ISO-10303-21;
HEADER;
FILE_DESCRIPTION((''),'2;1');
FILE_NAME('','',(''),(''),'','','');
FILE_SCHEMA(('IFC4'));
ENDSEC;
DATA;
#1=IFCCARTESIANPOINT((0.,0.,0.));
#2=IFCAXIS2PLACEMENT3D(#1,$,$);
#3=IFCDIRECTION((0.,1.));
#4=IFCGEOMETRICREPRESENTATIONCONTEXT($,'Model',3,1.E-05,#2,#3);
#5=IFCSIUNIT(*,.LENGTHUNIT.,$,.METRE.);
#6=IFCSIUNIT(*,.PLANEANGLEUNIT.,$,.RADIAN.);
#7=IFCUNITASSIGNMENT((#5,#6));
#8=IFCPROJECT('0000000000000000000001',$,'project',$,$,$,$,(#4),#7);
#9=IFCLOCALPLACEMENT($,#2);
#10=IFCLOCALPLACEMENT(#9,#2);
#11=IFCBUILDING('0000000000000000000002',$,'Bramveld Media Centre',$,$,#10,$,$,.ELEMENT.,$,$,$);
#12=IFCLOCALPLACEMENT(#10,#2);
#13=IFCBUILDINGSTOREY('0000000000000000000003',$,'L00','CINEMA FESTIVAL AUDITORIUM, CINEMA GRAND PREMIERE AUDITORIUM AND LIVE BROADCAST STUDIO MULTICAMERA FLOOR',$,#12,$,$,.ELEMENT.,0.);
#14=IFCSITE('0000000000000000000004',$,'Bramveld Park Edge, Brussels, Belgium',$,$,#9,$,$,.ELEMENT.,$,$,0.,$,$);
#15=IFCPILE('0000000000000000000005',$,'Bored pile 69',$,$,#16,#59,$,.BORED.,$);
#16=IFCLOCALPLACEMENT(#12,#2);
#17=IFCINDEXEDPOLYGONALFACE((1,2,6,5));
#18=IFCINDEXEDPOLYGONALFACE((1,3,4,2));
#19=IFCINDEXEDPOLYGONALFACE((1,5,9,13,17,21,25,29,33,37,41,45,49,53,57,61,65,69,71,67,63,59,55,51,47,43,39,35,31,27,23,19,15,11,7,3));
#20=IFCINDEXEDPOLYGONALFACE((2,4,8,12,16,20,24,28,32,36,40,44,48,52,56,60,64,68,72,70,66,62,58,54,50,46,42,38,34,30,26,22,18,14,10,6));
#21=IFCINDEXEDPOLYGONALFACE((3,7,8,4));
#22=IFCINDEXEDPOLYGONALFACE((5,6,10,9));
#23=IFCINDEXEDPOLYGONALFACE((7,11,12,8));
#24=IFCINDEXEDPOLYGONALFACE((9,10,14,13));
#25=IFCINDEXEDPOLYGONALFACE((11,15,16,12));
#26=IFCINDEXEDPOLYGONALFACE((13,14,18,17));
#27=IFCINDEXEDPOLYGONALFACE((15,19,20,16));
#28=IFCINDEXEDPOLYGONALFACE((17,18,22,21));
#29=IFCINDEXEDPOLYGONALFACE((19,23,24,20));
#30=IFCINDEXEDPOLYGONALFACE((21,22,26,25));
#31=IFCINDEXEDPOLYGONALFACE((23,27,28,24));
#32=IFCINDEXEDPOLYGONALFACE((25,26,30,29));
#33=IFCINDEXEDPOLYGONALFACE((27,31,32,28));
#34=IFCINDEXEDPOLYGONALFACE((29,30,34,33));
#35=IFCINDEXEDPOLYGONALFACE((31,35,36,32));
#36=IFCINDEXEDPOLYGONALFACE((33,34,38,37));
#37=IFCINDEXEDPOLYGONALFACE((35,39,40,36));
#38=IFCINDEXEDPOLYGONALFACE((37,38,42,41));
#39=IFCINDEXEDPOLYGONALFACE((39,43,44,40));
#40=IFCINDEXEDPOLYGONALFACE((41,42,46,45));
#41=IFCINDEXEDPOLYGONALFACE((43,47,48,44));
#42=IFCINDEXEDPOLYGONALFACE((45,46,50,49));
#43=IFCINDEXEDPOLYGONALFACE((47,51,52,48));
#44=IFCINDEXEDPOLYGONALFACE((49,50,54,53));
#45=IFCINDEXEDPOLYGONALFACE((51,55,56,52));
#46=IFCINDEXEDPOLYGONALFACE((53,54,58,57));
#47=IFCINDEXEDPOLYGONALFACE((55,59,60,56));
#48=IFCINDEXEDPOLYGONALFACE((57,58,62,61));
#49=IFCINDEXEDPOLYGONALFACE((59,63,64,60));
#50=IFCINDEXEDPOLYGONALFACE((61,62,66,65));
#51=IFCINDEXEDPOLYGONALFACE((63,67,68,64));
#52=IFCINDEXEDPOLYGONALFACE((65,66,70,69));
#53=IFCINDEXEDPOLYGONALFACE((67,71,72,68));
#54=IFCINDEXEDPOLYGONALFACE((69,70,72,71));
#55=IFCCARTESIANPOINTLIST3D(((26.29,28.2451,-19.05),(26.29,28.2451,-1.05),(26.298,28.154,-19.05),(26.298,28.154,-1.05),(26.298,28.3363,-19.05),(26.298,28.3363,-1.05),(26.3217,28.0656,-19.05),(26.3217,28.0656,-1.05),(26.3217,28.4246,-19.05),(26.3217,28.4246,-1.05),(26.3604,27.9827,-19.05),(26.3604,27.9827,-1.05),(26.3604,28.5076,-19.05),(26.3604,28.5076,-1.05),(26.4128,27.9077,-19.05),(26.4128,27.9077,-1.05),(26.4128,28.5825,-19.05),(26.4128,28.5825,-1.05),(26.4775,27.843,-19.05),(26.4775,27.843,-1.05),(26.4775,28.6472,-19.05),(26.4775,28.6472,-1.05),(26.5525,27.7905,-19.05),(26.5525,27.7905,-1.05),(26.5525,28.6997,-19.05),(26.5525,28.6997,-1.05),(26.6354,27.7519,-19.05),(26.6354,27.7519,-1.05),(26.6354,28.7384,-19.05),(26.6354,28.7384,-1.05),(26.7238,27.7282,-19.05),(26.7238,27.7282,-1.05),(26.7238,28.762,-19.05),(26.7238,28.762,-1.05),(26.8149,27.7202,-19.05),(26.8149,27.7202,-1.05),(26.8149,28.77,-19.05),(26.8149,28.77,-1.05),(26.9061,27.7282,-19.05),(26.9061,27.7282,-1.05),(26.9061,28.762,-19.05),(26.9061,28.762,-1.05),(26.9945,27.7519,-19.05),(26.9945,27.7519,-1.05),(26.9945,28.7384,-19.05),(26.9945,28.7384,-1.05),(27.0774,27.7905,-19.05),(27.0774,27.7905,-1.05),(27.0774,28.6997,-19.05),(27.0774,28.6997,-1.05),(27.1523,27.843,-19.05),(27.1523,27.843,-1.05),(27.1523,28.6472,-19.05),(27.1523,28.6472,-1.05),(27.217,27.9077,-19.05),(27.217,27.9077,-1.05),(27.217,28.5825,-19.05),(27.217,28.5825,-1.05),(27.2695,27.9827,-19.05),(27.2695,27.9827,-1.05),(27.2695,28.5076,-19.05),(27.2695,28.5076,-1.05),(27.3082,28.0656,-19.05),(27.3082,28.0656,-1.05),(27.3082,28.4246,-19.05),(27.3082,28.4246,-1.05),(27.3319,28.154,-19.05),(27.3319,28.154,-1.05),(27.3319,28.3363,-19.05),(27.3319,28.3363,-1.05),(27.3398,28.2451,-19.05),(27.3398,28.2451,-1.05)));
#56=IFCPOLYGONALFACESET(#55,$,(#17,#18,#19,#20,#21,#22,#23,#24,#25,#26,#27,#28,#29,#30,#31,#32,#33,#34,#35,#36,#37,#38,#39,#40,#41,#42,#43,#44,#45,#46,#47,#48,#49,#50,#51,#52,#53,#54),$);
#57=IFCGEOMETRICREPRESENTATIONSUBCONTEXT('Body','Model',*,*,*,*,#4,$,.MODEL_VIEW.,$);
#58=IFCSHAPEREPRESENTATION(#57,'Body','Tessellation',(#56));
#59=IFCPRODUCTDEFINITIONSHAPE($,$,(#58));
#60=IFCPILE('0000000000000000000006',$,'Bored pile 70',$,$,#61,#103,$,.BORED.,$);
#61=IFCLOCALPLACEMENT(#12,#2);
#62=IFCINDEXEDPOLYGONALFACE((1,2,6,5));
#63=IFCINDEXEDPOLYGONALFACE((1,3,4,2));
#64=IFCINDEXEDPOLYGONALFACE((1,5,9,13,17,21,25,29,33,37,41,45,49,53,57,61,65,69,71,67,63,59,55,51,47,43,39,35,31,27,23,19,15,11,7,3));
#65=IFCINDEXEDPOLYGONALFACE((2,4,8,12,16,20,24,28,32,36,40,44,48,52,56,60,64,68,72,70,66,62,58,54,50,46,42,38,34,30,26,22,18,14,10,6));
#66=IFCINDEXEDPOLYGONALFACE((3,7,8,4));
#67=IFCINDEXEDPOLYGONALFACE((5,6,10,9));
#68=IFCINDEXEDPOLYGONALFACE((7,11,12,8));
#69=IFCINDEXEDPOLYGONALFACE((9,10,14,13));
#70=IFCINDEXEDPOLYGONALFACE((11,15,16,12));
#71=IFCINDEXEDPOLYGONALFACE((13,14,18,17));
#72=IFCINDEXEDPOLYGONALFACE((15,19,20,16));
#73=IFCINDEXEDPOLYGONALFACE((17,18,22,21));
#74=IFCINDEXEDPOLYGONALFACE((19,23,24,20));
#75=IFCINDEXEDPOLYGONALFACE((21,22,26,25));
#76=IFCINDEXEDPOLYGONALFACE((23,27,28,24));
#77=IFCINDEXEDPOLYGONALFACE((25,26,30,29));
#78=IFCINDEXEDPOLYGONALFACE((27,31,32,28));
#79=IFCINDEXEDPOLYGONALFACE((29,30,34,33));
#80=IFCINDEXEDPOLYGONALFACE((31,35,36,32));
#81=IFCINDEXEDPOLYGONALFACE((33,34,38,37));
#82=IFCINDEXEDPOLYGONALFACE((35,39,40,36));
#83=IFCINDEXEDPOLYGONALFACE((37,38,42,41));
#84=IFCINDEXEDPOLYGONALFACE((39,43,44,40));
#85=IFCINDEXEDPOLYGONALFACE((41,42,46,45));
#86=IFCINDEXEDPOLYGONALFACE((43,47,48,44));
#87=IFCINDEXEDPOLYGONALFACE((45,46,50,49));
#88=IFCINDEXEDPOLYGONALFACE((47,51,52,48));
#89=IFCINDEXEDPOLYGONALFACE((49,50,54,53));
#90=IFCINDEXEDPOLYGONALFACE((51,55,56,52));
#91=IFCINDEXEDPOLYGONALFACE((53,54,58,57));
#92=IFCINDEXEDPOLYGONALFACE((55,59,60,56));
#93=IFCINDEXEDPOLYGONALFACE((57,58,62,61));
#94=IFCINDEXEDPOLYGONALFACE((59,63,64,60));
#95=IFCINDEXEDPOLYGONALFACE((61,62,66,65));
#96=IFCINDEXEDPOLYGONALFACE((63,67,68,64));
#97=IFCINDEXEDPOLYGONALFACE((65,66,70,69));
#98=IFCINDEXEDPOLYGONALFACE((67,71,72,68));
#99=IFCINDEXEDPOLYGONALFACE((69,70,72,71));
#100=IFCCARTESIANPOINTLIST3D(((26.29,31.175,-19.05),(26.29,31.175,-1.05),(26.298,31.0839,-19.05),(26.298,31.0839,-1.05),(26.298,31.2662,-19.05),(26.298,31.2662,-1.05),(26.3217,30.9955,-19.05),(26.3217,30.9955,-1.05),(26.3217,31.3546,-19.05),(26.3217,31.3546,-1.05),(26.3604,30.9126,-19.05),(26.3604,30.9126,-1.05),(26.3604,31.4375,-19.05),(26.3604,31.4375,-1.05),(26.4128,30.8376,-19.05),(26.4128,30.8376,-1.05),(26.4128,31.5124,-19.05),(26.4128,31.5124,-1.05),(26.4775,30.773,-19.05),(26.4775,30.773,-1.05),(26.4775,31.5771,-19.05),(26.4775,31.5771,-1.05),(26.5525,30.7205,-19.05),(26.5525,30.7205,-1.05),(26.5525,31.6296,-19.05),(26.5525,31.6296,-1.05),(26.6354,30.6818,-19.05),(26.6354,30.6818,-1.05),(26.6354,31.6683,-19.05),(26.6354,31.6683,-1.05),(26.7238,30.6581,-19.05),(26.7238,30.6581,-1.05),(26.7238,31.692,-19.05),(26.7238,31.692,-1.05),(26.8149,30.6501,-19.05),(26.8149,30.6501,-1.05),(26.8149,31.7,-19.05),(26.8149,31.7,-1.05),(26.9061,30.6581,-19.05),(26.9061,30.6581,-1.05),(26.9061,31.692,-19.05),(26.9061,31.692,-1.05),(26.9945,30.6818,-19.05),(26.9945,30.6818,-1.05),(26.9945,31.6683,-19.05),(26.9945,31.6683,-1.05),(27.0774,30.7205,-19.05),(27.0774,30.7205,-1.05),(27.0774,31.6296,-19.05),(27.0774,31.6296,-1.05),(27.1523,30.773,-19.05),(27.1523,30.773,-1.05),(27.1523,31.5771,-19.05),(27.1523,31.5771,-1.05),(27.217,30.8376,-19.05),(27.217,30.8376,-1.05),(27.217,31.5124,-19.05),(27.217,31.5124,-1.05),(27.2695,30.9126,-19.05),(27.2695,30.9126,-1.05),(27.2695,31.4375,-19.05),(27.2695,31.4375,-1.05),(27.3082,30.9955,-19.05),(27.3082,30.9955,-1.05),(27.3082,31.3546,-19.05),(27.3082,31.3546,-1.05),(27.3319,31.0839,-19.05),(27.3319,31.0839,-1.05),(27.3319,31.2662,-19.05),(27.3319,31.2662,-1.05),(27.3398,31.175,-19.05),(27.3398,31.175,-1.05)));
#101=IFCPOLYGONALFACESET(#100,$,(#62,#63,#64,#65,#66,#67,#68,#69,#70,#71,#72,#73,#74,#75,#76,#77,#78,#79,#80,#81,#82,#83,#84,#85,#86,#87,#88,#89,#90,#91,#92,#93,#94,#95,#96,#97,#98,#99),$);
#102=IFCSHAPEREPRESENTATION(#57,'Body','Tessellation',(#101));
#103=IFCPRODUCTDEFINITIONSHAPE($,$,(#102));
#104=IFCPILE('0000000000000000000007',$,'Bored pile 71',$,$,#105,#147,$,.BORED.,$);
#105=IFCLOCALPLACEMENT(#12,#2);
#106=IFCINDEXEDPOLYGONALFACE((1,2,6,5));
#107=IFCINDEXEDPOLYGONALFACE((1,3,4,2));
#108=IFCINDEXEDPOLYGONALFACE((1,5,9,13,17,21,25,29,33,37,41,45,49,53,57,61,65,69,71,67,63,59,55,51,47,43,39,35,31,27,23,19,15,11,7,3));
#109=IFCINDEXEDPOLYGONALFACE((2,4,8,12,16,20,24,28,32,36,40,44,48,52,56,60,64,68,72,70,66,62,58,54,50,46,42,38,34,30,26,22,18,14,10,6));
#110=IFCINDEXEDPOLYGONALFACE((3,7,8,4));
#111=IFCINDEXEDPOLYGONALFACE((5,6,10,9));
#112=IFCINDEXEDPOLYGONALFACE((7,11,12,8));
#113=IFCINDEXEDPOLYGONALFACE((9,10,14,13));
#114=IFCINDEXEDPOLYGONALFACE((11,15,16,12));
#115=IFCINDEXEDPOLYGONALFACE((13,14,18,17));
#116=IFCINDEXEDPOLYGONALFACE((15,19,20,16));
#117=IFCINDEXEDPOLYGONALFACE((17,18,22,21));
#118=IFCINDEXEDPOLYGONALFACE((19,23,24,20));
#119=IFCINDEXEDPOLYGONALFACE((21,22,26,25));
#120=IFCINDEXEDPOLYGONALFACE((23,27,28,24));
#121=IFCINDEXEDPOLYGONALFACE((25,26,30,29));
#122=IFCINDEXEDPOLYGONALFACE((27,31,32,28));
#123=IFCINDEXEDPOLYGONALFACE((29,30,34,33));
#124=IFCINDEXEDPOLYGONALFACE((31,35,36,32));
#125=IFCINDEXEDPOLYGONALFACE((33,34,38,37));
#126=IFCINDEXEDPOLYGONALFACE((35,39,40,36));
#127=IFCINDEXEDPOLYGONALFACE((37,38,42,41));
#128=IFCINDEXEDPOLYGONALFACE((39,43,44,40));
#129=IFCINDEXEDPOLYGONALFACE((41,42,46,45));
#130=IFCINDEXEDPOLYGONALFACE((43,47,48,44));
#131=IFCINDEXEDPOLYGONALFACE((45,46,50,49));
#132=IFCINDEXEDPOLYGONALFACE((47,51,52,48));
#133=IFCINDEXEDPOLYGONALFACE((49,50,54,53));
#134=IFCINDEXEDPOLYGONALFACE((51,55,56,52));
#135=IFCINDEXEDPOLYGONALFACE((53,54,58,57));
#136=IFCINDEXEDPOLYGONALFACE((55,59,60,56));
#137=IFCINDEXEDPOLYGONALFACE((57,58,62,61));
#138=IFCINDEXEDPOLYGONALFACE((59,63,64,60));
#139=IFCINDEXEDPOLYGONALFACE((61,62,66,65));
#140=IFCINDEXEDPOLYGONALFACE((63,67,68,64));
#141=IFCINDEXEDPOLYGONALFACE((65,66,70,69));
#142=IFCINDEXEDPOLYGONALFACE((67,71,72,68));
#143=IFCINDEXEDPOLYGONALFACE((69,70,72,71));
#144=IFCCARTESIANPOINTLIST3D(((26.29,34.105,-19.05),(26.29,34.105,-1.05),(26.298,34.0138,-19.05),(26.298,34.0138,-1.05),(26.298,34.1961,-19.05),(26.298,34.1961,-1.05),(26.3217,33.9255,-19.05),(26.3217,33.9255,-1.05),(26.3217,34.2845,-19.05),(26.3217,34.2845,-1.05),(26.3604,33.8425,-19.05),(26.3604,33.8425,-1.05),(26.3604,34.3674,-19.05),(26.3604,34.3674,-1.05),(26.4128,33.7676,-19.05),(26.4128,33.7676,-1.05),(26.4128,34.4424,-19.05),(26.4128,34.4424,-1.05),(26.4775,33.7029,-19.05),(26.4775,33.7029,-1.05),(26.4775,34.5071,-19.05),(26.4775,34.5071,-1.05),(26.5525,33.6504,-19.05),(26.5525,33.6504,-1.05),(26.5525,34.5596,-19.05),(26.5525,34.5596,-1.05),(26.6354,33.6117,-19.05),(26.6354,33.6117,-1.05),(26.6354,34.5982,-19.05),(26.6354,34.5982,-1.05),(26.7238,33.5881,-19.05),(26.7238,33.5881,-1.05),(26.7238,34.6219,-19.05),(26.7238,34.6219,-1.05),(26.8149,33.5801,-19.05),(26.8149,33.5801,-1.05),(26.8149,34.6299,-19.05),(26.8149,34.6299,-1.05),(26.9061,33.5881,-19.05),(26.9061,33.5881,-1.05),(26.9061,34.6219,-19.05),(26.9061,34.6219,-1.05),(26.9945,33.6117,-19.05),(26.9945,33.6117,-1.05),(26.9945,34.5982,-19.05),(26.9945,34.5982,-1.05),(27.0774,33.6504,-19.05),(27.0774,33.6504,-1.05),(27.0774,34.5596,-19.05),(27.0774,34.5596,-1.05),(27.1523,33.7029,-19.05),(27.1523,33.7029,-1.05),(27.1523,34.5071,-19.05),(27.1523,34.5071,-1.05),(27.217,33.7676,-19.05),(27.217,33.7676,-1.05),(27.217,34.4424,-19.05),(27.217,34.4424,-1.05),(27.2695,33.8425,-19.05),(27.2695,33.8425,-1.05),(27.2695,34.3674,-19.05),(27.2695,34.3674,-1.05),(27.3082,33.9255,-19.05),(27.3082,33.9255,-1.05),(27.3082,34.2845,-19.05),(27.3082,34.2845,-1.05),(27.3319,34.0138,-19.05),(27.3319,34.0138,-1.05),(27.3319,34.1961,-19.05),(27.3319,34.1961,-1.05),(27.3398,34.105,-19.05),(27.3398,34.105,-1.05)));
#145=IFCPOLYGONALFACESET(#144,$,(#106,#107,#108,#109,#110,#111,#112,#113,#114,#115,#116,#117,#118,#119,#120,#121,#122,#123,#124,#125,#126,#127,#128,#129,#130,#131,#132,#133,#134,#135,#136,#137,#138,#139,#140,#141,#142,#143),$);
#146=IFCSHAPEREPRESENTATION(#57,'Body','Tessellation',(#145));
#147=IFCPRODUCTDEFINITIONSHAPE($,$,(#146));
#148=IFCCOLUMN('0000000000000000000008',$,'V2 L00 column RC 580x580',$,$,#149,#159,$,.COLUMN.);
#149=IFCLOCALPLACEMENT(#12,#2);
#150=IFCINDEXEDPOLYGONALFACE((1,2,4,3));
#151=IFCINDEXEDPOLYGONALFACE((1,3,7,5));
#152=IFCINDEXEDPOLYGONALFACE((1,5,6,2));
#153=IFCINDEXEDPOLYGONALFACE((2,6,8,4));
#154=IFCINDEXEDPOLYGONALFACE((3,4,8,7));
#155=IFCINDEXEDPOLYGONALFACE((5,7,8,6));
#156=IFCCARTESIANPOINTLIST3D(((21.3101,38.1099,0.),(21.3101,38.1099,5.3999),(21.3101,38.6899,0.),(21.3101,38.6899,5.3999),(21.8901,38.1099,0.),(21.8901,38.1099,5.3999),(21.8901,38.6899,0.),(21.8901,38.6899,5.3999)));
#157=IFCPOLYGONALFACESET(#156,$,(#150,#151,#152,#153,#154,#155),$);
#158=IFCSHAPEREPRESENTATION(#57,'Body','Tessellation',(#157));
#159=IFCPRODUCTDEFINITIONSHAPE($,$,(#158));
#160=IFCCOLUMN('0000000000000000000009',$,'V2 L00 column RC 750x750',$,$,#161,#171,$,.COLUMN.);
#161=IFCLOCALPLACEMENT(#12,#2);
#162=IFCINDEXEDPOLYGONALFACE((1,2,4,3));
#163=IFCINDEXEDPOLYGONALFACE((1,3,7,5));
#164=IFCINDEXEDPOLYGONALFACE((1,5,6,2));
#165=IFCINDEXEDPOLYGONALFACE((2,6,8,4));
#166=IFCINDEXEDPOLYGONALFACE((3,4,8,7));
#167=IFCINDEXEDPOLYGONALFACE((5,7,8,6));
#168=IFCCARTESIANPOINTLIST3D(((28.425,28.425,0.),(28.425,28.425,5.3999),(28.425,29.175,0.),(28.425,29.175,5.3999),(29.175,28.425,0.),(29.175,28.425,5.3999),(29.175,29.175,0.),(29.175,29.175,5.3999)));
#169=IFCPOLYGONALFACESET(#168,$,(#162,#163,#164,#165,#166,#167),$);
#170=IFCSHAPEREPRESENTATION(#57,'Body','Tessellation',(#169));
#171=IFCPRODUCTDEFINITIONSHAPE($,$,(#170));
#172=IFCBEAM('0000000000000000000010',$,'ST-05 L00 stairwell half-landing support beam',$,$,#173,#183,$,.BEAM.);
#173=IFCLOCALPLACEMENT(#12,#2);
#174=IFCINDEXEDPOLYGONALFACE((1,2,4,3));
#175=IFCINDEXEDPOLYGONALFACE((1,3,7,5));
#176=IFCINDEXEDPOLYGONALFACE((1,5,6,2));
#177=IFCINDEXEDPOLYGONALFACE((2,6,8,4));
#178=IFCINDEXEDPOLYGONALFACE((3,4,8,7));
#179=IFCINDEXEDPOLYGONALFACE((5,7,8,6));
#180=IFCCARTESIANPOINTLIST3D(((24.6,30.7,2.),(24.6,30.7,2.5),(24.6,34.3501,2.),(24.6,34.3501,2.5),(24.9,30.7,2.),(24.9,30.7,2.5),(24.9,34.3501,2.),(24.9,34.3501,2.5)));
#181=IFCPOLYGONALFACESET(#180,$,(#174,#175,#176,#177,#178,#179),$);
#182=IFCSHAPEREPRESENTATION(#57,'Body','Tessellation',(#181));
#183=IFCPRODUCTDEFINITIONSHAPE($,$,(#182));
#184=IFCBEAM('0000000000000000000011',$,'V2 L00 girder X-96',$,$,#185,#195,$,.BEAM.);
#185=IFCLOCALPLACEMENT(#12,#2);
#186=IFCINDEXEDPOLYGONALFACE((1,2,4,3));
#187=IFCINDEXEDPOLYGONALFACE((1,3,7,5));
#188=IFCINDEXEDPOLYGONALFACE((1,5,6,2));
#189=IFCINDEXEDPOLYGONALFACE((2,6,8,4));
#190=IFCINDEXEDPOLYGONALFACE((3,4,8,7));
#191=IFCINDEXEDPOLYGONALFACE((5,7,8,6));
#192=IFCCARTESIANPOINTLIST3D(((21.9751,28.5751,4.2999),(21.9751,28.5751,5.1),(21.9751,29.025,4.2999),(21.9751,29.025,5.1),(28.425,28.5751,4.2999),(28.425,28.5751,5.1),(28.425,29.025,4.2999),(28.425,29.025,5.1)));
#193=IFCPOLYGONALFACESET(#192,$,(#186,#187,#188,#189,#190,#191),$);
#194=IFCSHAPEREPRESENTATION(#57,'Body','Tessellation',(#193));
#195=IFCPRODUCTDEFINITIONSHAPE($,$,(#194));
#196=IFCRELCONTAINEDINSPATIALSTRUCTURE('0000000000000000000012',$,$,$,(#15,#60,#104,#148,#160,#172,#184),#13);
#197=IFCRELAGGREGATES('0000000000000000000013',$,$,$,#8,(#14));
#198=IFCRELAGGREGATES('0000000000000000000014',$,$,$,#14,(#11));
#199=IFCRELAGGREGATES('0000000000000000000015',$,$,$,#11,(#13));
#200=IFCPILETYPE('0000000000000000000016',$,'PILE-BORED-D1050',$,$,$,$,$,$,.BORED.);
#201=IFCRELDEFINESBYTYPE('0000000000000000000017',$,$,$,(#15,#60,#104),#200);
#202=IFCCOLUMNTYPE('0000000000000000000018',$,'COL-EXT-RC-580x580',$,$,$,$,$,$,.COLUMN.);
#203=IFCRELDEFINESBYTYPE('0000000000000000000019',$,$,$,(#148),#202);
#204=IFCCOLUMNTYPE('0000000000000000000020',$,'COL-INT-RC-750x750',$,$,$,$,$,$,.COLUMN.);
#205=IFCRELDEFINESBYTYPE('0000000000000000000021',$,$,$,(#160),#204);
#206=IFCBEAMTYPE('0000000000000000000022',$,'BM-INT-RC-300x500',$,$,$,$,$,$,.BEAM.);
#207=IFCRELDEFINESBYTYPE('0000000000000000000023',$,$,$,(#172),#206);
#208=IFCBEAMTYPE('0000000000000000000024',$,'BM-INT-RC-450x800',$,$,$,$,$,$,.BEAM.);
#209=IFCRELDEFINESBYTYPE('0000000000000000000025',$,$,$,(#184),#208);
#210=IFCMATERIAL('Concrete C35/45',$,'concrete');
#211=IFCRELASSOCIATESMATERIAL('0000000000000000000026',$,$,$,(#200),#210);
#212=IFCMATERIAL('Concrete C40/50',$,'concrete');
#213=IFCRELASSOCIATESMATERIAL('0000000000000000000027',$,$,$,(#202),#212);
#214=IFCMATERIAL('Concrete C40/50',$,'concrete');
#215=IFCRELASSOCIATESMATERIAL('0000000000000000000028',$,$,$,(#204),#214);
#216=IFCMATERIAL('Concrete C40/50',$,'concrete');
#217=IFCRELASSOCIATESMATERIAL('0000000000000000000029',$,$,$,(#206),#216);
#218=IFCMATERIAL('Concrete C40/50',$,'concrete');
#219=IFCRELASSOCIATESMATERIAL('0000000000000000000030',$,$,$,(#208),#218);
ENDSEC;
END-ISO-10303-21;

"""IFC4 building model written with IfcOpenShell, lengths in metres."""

from ifc_helpers import new_model, si_unit, direction, frame, origin, origin_2d, place, context, subcontext, project, spatial, rectangle, circle, extrude, material, material_profile, profile_set, type_object, element, save


model = new_model("IFC4")

# Units and contexts
model_context = context("Model", 3, precision=1e-05, world=origin(), true_north=direction((0.0, 1.0)))
body_context = subcontext(model_context, "Body", "Model", "MODEL_VIEW")
ifc_project = project(units=[si_unit("LENGTHUNIT", "METRE"), si_unit("PLANEANGLEUNIT", "RADIAN")], contexts=[model_context])

# Site, building, storey
site_placement = place(None, origin())
site = spatial("IfcSite", under=ifc_project, at=site_placement, Name="Bramveld Park Edge, Brussels, Belgium", CompositionType="ELEMENT", RefElevation=0.0)
building_placement = place(site_placement, origin())
building = spatial("IfcBuilding", under=site, at=building_placement, Name="Bramveld Media Centre", CompositionType="ELEMENT")
storey_placement = place(building_placement, origin())
storey = spatial("IfcBuildingStorey", under=building, at=storey_placement, Name="L00", Description="CINEMA FESTIVAL AUDITORIUM, CINEMA GRAND PREMIERE AUDITORIUM AND LIVE BROADCAST STUDIO MULTICAMERA FLOOR", CompositionType="ELEMENT", Elevation=0.0)

# Piles
ifc_material_1 = material(Name="Concrete C35/45", Category="concrete")
ifc_material_profile_1 = material_profile(ifc_material_1, circle(Radius=0.5249, at=origin_2d()), Name="BORED D1050")
ifc_profile_set_1 = profile_set([ifc_material_profile_1], Name="Concrete C35/45")
pile_type = type_object("IfcPileType", Name="PILE-BORED-D1050", PredefinedType="BORED", material=ifc_profile_set_1)
for number, where, z_axis, x_axis, name in (
    (1, (26.8149, 28.2451, -1.05), (0.0, 0.0, -1.0), (1.0, 0.0, 0.0), "Bored pile 69"),
    (2, (26.8149, 31.175, -1.05), (0.0, 0.0, -1.0), (1.0, 0.0, 0.0), "Bored pile 70"),
    (3, (26.8149, 34.105, -1.05), (0.0, 0.0, -1.0), (1.0, 0.0, 0.0), "Bored pile 71"),
):
    element("IfcPile", number, at=place(storey_placement, frame(where, z_axis=z_axis, x_axis=x_axis)), inside=storey, type_object=pile_type, Name=name, PredefinedType="BORED", context=body_context, shape_type="SweptSolid", body=[
        extrude(circle(Radius=0.5249, at=origin_2d()), origin(), (0.0, 0.0, 1.0), 18.0),
    ])

# Columns
ifc_material_2 = material(Name="Concrete C40/50", Category="concrete")
ifc_material_profile_2 = material_profile(ifc_material_2, rectangle(XDim=0.5801, YDim=0.5801, at=origin_2d()), Name="RC 580x580")
ifc_profile_set_2 = profile_set([ifc_material_profile_2], Name="Concrete C40/50")
column_type_1 = type_object("IfcColumnType", Name="COL-EXT-RC-580x580", PredefinedType="COLUMN", material=ifc_profile_set_2)
column_1_placement = place(storey_placement, frame((21.6001, 38.3999, 0.0), z_axis=(0.0, 0.0, 1.0), x_axis=(1.0, 0.0, 0.0)))
element("IfcColumn", 4, at=column_1_placement, inside=storey, type_object=column_type_1, Name="V2 L00 column RC 580x580", PredefinedType="COLUMN", context=body_context, shape_type="SweptSolid", body=[
    extrude(rectangle(XDim=0.5801, YDim=0.5801, at=origin_2d()), origin(), (0.0, 0.0, 1.0), 5.3999),
])
ifc_material_3 = material(Name="Concrete C40/50", Category="concrete")
ifc_material_profile_3 = material_profile(ifc_material_3, rectangle(XDim=0.75, YDim=0.75, at=origin_2d()), Name="RC 750x750")
ifc_profile_set_3 = profile_set([ifc_material_profile_3], Name="Concrete C40/50")
column_type_2 = type_object("IfcColumnType", Name="COL-INT-RC-750x750", PredefinedType="COLUMN", material=ifc_profile_set_3)
column_2_placement = place(storey_placement, frame((28.8, 28.8, 0.0), z_axis=(0.0, 0.0, 1.0), x_axis=(1.0, 0.0, 0.0)))
element("IfcColumn", 5, at=column_2_placement, inside=storey, type_object=column_type_2, Name="V2 L00 column RC 750x750", PredefinedType="COLUMN", context=body_context, shape_type="SweptSolid", body=[
    extrude(rectangle(XDim=0.75, YDim=0.75, at=origin_2d()), origin(), (0.0, 0.0, 1.0), 5.3999),
])

# Beams
ifc_material_4 = material(Name="Concrete C40/50", Category="concrete")
ifc_material_profile_4 = material_profile(ifc_material_4, rectangle(XDim=0.3, YDim=0.5, at=origin_2d()), Name="RC 300x500")
ifc_profile_set_4 = profile_set([ifc_material_profile_4], Name="Concrete C40/50")
beam_type_1 = type_object("IfcBeamType", Name="BM-INT-RC-300x500", PredefinedType="BEAM", material=ifc_profile_set_4)
beam_1_placement = place(storey_placement, frame((24.75, 30.7, 2.25), z_axis=(0.0, 1.0, 0.0), x_axis=(-1.0, 0.0, 0.0)))
element("IfcBeam", 6, at=beam_1_placement, inside=storey, type_object=beam_type_1, Name="ST-05 L00 stairwell half-landing support beam", PredefinedType="BEAM", context=body_context, shape_type="SweptSolid", body=[
    extrude(rectangle(XDim=0.3, YDim=0.5, at=origin_2d()), origin(), (0.0, 0.0, 1.0), 3.6501),
])
ifc_material_5 = material(Name="Concrete C40/50", Category="concrete")
ifc_material_profile_5 = material_profile(ifc_material_5, rectangle(XDim=0.45, YDim=0.8, at=origin_2d()), Name="RC 450x800")
ifc_profile_set_5 = profile_set([ifc_material_profile_5], Name="Concrete C40/50")
beam_type_2 = type_object("IfcBeamType", Name="BM-INT-RC-450x800", PredefinedType="BEAM", material=ifc_profile_set_5)
beam_2_placement = place(storey_placement, frame((21.9751, 28.8, 4.7), z_axis=(1.0, 0.0, 0.0), x_axis=(0.0, 1.0, 0.0)))
element("IfcBeam", 7, at=beam_2_placement, inside=storey, type_object=beam_type_2, Name="V2 L00 girder X-96", PredefinedType="BEAM", context=body_context, shape_type="SweptSolid", body=[
    extrude(rectangle(XDim=0.45, YDim=0.8, at=origin_2d()), origin(), (0.0, 0.0, 1.0), 6.45),
])

save(model, "model.ifc")
